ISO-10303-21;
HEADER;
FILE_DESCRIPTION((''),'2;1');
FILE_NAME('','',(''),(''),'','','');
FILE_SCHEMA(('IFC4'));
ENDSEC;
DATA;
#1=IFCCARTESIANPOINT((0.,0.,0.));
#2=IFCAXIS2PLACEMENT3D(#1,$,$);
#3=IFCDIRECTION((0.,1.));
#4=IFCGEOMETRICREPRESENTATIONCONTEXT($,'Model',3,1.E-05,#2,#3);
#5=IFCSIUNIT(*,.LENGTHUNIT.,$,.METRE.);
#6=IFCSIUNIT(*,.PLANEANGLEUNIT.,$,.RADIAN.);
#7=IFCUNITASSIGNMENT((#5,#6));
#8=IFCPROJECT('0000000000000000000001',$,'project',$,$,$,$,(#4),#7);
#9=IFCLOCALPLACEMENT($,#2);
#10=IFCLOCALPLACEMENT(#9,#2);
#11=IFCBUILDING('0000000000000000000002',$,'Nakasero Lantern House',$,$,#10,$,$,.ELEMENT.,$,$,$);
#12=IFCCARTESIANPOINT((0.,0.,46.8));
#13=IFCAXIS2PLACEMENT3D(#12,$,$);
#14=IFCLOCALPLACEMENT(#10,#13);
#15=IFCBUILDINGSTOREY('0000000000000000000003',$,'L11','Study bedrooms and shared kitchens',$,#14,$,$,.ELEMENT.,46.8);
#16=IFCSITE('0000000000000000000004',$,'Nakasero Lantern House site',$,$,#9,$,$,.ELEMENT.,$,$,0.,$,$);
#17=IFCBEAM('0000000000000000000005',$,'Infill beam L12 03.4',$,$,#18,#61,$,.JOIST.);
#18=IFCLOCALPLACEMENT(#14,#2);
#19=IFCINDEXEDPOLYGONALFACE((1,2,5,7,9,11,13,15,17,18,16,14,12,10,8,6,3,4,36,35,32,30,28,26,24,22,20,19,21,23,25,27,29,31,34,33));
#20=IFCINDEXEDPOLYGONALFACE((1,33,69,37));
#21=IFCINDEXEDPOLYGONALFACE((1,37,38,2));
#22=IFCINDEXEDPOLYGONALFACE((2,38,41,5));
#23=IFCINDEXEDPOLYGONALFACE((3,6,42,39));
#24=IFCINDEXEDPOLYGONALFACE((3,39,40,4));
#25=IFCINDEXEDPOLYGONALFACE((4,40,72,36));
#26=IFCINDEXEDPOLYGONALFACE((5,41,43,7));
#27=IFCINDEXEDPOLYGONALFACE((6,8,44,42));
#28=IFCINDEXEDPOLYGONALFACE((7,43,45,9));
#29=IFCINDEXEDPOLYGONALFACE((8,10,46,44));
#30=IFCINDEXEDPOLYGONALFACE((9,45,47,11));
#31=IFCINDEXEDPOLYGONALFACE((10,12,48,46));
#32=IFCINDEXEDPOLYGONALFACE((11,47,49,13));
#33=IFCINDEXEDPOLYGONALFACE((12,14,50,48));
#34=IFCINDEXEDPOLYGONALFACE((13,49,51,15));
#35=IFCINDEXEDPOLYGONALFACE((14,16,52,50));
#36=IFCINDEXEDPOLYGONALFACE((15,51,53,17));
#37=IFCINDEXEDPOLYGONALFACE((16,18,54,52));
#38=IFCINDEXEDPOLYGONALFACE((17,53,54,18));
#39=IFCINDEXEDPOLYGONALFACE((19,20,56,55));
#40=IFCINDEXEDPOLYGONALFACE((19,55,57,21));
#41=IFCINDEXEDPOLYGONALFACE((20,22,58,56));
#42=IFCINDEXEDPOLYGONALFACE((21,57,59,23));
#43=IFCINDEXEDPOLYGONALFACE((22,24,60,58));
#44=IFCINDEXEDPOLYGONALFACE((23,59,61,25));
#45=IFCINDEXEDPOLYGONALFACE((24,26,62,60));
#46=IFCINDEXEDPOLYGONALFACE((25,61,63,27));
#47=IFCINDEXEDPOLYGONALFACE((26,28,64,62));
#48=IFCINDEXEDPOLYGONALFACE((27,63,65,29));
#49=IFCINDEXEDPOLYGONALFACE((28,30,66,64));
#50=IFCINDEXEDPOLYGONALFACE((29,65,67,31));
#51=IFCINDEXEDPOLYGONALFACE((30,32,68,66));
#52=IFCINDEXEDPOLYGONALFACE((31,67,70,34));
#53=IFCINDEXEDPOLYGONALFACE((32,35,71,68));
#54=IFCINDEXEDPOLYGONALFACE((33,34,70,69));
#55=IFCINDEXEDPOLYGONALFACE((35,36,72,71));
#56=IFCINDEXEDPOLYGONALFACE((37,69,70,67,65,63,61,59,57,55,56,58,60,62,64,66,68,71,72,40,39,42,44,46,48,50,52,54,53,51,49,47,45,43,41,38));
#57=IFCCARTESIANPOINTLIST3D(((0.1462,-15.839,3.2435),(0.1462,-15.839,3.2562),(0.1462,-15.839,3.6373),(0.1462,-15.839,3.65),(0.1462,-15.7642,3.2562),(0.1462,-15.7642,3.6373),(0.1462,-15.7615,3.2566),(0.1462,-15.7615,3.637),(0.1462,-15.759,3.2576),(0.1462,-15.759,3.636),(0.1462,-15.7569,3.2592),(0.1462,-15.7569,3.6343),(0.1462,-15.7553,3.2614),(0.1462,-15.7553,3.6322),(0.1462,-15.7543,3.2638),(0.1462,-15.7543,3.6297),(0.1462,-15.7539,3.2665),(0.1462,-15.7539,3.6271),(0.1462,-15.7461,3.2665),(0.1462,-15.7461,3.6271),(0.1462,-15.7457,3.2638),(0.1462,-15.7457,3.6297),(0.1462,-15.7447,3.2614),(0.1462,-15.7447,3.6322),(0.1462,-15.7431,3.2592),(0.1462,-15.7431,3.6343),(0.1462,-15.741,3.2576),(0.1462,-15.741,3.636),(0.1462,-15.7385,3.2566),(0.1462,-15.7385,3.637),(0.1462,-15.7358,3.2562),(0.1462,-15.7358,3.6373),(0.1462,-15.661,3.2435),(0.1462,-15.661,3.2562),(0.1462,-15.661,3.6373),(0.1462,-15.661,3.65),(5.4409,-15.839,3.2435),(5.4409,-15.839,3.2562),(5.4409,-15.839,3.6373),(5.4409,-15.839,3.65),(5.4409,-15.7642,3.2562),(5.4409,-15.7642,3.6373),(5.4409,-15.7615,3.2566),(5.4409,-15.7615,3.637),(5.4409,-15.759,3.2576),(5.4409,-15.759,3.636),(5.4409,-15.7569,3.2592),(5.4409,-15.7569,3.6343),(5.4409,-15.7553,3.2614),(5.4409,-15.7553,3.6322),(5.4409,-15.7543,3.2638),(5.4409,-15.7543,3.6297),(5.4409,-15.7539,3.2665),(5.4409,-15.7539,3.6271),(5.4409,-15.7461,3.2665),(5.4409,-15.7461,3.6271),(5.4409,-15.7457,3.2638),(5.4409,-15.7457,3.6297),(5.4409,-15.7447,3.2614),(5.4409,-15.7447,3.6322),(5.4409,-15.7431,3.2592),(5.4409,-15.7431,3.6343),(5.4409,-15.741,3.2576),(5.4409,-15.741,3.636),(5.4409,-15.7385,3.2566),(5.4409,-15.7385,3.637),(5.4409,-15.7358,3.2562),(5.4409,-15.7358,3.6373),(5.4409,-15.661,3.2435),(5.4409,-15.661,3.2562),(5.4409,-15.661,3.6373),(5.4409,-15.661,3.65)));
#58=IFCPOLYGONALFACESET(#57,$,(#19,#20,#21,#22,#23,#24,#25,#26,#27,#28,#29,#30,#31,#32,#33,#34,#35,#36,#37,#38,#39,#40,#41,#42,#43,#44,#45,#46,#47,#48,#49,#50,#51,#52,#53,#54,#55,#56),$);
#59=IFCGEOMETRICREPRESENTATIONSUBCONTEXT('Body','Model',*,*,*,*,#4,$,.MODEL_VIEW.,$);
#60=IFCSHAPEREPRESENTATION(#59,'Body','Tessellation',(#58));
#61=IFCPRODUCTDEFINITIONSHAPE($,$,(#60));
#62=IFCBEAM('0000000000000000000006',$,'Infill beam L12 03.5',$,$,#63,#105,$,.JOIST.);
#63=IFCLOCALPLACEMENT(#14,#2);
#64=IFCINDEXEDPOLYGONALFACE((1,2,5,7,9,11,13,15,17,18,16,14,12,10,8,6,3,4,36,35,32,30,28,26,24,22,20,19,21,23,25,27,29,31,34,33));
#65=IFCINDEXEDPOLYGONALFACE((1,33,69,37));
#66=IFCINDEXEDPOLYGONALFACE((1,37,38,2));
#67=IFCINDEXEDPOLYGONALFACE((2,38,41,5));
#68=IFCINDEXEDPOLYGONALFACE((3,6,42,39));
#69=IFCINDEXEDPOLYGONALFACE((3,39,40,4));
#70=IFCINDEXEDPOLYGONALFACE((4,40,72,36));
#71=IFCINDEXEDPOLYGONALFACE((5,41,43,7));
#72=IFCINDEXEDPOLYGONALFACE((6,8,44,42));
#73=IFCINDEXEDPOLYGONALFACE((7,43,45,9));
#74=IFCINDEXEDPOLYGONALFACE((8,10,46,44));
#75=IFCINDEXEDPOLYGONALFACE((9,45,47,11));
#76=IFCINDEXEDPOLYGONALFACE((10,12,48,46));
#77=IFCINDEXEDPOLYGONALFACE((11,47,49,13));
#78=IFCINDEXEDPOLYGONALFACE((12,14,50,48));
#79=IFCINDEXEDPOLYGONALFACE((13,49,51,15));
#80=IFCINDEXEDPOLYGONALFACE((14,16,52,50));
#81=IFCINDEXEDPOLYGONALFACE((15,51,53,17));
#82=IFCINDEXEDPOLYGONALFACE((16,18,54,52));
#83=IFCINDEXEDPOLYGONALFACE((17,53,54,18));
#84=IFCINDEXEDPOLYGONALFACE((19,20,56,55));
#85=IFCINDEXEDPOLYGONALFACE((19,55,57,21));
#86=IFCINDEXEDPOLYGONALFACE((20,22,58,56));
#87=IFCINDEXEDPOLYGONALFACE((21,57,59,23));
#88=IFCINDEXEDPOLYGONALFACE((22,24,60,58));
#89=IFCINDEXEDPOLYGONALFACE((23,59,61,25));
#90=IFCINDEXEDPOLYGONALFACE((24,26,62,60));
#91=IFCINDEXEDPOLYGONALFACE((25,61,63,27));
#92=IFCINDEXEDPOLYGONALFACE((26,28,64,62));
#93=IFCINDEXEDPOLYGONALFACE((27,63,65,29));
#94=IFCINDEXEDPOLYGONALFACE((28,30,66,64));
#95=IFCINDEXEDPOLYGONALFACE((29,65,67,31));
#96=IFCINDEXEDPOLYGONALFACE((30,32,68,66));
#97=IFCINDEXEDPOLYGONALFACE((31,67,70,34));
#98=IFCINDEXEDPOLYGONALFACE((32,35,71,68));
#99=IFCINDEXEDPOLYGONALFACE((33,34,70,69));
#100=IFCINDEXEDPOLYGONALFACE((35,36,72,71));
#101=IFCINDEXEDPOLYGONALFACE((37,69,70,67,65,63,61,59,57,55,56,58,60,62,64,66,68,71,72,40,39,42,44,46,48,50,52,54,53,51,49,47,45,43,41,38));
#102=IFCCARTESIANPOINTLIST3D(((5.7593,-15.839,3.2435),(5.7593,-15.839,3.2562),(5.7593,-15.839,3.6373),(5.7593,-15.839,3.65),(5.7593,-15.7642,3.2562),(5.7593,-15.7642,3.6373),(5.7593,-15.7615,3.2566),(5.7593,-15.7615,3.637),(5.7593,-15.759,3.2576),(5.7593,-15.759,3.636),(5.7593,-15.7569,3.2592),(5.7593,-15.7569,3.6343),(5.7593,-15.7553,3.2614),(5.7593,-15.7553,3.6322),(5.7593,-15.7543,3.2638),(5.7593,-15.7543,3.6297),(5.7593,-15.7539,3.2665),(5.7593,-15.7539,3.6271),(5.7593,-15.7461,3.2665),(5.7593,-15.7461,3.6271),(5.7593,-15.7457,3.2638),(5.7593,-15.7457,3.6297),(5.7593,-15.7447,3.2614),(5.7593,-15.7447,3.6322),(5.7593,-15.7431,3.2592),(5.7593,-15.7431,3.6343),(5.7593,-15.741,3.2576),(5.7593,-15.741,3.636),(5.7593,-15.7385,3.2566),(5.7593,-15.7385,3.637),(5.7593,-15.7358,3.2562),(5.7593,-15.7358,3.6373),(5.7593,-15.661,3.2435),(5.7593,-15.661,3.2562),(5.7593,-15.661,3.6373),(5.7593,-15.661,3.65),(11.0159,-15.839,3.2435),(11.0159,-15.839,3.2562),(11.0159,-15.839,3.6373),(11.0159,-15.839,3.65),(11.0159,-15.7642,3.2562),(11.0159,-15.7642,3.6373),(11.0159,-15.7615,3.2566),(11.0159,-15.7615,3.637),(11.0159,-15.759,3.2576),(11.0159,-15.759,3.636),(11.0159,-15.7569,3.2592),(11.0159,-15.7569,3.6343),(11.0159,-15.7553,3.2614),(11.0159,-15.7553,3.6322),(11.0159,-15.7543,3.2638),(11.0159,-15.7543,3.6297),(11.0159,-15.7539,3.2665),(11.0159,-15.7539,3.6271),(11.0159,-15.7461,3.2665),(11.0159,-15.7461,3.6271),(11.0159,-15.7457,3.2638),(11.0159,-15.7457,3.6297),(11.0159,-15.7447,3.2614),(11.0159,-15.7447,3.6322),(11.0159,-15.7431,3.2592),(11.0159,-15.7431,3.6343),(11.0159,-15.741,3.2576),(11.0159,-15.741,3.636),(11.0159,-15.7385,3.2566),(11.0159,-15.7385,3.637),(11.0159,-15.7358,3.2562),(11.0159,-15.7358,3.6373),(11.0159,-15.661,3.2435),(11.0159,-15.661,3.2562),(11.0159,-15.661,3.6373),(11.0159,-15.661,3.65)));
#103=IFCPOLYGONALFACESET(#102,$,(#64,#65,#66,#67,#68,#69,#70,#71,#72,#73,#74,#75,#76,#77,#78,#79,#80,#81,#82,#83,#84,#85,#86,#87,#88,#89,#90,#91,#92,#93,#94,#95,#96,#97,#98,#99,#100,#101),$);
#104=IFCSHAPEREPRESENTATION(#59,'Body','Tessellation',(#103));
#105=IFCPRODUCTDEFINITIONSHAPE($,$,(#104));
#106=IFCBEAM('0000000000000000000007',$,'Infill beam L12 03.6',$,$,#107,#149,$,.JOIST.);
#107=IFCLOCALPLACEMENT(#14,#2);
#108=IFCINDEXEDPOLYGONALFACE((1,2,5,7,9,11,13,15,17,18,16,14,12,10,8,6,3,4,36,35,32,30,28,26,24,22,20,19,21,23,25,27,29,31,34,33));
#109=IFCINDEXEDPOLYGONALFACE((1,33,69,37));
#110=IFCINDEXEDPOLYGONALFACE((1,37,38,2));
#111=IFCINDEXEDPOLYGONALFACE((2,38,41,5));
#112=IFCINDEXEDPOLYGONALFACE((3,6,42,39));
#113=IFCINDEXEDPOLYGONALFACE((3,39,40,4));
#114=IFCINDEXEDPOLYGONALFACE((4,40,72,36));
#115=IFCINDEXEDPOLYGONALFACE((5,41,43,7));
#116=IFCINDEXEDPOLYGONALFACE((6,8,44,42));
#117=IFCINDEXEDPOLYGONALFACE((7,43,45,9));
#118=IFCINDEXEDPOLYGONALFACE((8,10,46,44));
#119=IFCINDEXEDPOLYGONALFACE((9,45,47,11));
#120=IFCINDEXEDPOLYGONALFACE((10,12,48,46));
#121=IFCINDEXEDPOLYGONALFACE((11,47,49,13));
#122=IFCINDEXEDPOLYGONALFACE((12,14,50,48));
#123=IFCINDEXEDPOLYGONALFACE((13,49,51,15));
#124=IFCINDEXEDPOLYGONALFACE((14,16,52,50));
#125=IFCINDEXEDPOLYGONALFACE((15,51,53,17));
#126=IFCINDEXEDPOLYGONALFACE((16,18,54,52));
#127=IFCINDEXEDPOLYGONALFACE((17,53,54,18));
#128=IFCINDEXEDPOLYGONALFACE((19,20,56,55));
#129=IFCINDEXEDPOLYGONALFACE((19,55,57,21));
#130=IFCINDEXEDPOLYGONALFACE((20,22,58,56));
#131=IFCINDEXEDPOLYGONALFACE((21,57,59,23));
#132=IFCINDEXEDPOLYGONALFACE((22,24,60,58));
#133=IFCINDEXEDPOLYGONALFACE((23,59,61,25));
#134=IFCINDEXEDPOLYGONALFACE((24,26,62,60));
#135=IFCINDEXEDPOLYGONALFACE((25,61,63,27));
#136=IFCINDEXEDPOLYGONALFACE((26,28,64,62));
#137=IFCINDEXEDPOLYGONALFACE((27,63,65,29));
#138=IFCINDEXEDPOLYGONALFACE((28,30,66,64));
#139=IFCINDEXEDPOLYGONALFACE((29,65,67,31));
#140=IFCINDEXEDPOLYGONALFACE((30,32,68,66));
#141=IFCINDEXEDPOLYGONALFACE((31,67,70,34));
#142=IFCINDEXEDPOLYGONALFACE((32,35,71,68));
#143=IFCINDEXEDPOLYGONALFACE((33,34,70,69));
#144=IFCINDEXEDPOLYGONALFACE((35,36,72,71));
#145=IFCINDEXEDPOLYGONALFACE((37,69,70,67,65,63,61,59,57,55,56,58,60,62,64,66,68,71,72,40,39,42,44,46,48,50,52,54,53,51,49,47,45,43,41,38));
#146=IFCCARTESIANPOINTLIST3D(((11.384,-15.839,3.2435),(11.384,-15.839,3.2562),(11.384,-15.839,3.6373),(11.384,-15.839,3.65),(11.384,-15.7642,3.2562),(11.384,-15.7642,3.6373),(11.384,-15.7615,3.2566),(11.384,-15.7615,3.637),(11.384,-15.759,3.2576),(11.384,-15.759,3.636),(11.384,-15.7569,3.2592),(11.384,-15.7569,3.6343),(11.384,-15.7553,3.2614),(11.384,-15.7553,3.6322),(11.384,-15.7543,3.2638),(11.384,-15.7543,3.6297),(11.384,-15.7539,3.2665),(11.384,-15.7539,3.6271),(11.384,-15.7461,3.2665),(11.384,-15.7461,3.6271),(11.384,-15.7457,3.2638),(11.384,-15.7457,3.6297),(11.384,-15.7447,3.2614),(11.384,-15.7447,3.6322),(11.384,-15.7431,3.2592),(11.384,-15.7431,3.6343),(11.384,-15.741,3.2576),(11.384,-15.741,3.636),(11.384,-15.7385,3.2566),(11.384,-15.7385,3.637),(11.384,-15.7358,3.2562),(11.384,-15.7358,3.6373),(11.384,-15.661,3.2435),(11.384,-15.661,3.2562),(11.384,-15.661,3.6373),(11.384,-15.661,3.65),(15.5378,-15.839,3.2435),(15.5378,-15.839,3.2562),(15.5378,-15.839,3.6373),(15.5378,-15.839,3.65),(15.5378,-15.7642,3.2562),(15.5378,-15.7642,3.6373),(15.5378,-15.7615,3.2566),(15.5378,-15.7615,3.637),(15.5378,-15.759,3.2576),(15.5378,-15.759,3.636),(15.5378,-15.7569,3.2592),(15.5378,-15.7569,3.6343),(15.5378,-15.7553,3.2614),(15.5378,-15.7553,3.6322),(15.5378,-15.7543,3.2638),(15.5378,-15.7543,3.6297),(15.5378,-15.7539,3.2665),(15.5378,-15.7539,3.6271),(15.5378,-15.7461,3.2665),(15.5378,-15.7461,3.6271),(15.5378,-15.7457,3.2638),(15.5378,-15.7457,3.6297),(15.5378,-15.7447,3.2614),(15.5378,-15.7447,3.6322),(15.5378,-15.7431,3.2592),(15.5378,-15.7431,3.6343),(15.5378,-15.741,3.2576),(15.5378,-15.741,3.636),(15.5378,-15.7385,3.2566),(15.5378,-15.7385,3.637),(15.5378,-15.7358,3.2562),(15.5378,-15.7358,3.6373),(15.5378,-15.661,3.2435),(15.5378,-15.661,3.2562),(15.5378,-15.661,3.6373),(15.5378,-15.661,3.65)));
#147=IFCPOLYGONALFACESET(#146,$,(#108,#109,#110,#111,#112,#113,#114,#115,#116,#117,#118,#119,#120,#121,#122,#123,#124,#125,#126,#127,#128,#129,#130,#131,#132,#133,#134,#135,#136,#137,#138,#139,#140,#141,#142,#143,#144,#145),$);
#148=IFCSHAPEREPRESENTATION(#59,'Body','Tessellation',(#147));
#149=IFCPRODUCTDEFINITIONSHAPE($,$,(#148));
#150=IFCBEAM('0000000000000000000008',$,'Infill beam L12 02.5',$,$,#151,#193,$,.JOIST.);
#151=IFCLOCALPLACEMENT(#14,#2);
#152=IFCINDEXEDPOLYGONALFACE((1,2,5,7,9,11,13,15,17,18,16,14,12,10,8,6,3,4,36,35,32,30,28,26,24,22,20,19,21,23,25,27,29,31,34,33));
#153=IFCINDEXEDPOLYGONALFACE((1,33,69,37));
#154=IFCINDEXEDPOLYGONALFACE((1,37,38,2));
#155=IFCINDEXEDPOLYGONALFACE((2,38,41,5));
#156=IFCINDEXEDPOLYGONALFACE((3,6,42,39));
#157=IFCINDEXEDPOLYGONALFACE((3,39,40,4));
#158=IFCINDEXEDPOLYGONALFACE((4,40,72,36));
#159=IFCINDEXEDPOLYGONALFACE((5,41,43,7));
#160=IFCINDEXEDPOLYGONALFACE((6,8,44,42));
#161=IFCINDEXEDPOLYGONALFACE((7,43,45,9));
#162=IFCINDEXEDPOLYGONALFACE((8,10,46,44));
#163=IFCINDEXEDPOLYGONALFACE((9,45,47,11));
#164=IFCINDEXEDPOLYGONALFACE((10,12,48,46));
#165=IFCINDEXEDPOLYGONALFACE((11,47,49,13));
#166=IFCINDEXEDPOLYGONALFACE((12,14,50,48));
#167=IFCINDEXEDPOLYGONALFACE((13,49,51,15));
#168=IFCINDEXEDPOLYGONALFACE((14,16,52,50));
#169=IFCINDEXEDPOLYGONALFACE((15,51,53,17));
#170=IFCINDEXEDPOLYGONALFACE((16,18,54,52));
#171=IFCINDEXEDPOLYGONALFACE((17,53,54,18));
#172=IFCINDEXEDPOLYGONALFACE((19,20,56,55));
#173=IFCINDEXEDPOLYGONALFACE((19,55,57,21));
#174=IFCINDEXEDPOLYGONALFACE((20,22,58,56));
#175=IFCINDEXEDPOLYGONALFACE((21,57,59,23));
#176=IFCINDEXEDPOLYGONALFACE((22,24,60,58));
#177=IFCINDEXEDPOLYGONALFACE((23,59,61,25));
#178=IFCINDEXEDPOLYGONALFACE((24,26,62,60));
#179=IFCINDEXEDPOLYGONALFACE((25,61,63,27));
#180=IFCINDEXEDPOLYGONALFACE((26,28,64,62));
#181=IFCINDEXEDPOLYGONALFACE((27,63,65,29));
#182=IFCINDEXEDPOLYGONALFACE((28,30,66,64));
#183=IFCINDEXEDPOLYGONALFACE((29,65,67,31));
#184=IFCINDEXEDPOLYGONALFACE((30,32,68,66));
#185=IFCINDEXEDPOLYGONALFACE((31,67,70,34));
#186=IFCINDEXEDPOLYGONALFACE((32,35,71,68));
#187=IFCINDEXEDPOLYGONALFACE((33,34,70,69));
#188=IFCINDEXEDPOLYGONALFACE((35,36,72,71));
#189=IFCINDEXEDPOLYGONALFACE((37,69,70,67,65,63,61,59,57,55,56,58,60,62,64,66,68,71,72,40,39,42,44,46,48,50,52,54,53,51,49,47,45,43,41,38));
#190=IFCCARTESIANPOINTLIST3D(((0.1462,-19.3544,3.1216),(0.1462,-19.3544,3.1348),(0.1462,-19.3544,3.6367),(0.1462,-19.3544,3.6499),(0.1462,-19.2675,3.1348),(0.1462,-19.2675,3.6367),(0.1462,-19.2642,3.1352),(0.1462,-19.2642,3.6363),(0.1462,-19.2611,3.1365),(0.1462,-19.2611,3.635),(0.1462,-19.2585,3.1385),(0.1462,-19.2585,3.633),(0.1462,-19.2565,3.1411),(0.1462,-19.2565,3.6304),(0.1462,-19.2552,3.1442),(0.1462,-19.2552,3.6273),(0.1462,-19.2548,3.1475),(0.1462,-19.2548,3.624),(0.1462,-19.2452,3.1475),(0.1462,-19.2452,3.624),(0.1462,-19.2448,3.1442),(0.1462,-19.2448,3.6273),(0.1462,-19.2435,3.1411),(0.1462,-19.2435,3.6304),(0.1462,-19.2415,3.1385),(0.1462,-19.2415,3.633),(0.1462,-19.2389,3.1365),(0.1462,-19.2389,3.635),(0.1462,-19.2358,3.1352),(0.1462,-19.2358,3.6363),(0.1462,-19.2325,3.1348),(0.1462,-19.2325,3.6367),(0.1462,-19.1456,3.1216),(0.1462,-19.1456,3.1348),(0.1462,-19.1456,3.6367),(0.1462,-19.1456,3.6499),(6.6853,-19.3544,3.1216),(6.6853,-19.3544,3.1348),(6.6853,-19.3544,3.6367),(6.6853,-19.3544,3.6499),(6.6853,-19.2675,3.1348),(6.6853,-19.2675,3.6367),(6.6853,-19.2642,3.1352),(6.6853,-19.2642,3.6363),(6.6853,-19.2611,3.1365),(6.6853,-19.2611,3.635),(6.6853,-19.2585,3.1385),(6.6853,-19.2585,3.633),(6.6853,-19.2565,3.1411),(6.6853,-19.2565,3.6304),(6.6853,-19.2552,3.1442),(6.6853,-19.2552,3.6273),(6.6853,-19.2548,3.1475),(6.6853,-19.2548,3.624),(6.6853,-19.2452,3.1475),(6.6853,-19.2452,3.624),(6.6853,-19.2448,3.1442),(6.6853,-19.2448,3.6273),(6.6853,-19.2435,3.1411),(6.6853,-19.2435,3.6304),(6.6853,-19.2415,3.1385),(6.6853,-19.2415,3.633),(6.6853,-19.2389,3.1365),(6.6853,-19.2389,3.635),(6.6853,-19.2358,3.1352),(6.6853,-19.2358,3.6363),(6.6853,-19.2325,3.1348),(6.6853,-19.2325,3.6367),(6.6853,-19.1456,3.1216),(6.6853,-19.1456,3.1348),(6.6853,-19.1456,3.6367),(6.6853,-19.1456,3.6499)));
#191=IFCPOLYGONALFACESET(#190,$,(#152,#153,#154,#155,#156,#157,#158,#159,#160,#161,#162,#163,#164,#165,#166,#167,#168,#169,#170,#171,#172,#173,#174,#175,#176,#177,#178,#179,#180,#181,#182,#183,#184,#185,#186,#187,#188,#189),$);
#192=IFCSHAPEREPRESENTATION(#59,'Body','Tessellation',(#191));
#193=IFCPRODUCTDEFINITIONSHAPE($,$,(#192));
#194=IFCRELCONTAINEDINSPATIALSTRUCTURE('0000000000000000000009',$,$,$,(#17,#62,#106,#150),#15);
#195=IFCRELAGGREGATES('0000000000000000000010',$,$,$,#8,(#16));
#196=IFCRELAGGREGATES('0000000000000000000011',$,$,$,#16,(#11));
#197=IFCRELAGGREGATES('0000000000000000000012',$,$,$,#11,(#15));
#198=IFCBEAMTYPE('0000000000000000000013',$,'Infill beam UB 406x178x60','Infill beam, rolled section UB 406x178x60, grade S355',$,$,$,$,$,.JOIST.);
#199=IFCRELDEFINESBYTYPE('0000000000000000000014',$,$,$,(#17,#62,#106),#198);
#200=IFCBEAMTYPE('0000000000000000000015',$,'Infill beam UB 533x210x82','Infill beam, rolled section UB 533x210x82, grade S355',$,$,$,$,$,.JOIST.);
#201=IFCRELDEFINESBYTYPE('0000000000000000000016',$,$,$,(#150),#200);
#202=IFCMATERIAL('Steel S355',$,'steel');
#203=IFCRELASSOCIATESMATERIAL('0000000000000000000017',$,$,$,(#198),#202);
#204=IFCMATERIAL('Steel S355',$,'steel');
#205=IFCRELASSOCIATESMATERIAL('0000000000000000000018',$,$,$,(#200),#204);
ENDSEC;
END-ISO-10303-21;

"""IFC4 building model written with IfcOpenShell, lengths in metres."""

from ifc_helpers import new_model, si_unit, direction, frame, origin, origin_2d, place, context, subcontext, project, spatial, i_section, extrude, material, material_profile, profile_set, type_object, element, save


model = new_model("IFC4")

# Units and contexts
model_context = context("Model", 3, precision=1e-05, world=origin(), true_north=direction((0.0, 1.0)))
body_context = subcontext(model_context, "Body", "Model", "MODEL_VIEW")
ifc_project = project(units=[si_unit("LENGTHUNIT", "METRE"), si_unit("PLANEANGLEUNIT", "RADIAN")], contexts=[model_context])

# Site, building, storey
site_placement = place(None, origin())
site = spatial("IfcSite", under=ifc_project, at=site_placement, Name="Nakasero Lantern House site", CompositionType="ELEMENT", RefElevation=0.0)
building_placement = place(site_placement, origin())
building = spatial("IfcBuilding", under=site, at=building_placement, Name="Nakasero Lantern House", CompositionType="ELEMENT")
storey_placement = place(building_placement, frame((0.0, 0.0, 46.8)))
storey = spatial("IfcBuildingStorey", under=building, at=storey_placement, Name="L11", Description="Study bedrooms and shared kitchens", CompositionType="ELEMENT", Elevation=46.8)

# Beams
ifc_material_1 = material(Name="Steel S355", Category="steel")
ifc_material_profile_1 = material_profile(ifc_material_1, i_section(OverallWidth=0.178, OverallDepth=0.4065, WebThickness=0.0078, FlangeThickness=0.0127, FilletRadius=0.0103, at=origin_2d()), Name="UB 406x178x60")
ifc_profile_set_1 = profile_set([ifc_material_profile_1], Name="Steel S355")
beam_type_1 = type_object("IfcBeamType", Name="Infill beam UB 406x178x60", Description="Infill beam, rolled section UB 406x178x60, grade S355", PredefinedType="JOIST", material=ifc_profile_set_1)
beam_1_placement = place(storey_placement, frame((0.1462, -15.75, 3.4468), z_axis=(1.0, 0.0, 0.0), x_axis=(0.0, 1.0, 0.0)))
element("IfcBeam", 1, at=beam_1_placement, inside=storey, type_object=beam_type_1, Name="Infill beam L12 03.4", PredefinedType="JOIST", context=body_context, shape_type="SweptSolid", body=[
    extrude(i_section(OverallWidth=0.178, OverallDepth=0.4065, WebThickness=0.0078, FlangeThickness=0.0127, FilletRadius=0.0103, at=origin_2d()), origin(), (0.0, 0.0, 1.0), 5.2947),
])
beam_2_placement = place(storey_placement, frame((5.7593, -15.75, 3.4468), z_axis=(1.0, 0.0, 0.0), x_axis=(0.0, 1.0, 0.0)))
element("IfcBeam", 2, at=beam_2_placement, inside=storey, type_object=beam_type_1, Name="Infill beam L12 03.5", PredefinedType="JOIST", context=body_context, shape_type="SweptSolid", body=[
    extrude(i_section(OverallWidth=0.178, OverallDepth=0.4065, WebThickness=0.0078, FlangeThickness=0.0127, FilletRadius=0.0103, at=origin_2d()), origin(), (0.0, 0.0, 1.0), 5.2566),
])
beam_3_placement = place(storey_placement, frame((11.384, -15.75, 3.4468), z_axis=(1.0, 0.0, 0.0), x_axis=(0.0, 1.0, 0.0)))
element("IfcBeam", 3, at=beam_3_placement, inside=storey, type_object=beam_type_1, Name="Infill beam L12 03.6", PredefinedType="JOIST", context=body_context, shape_type="SweptSolid", body=[
    extrude(i_section(OverallWidth=0.178, OverallDepth=0.4065, WebThickness=0.0078, FlangeThickness=0.0127, FilletRadius=0.0103, at=origin_2d()), origin(), (0.0, 0.0, 1.0), 4.1538),
])
ifc_material_2 = material(Name="Steel S355", Category="steel")
ifc_material_profile_2 = material_profile(ifc_material_2, i_section(OverallWidth=0.2087, OverallDepth=0.5283, WebThickness=0.0095, FlangeThickness=0.0132, FilletRadius=0.0127, at=origin_2d()), Name="UB 533x210x82")
ifc_profile_set_2 = profile_set([ifc_material_profile_2], Name="Steel S355")
beam_type_2 = type_object("IfcBeamType", Name="Infill beam UB 533x210x82", Description="Infill beam, rolled section UB 533x210x82, grade S355", PredefinedType="JOIST", material=ifc_profile_set_2)
beam_4_placement = place(storey_placement, frame((0.1462, -19.25, 3.3857), z_axis=(1.0, 0.0, 0.0), x_axis=(0.0, 1.0, 0.0)))
element("IfcBeam", 4, at=beam_4_placement, inside=storey, type_object=beam_type_2, Name="Infill beam L12 02.5", PredefinedType="JOIST", context=body_context, shape_type="SweptSolid", body=[
    extrude(i_section(OverallWidth=0.2087, OverallDepth=0.5283, WebThickness=0.0095, FlangeThickness=0.0132, FilletRadius=0.0127, at=origin_2d()), origin(), (0.0, 0.0, 1.0), 6.5391),
])

save(model, "model.ifc")
